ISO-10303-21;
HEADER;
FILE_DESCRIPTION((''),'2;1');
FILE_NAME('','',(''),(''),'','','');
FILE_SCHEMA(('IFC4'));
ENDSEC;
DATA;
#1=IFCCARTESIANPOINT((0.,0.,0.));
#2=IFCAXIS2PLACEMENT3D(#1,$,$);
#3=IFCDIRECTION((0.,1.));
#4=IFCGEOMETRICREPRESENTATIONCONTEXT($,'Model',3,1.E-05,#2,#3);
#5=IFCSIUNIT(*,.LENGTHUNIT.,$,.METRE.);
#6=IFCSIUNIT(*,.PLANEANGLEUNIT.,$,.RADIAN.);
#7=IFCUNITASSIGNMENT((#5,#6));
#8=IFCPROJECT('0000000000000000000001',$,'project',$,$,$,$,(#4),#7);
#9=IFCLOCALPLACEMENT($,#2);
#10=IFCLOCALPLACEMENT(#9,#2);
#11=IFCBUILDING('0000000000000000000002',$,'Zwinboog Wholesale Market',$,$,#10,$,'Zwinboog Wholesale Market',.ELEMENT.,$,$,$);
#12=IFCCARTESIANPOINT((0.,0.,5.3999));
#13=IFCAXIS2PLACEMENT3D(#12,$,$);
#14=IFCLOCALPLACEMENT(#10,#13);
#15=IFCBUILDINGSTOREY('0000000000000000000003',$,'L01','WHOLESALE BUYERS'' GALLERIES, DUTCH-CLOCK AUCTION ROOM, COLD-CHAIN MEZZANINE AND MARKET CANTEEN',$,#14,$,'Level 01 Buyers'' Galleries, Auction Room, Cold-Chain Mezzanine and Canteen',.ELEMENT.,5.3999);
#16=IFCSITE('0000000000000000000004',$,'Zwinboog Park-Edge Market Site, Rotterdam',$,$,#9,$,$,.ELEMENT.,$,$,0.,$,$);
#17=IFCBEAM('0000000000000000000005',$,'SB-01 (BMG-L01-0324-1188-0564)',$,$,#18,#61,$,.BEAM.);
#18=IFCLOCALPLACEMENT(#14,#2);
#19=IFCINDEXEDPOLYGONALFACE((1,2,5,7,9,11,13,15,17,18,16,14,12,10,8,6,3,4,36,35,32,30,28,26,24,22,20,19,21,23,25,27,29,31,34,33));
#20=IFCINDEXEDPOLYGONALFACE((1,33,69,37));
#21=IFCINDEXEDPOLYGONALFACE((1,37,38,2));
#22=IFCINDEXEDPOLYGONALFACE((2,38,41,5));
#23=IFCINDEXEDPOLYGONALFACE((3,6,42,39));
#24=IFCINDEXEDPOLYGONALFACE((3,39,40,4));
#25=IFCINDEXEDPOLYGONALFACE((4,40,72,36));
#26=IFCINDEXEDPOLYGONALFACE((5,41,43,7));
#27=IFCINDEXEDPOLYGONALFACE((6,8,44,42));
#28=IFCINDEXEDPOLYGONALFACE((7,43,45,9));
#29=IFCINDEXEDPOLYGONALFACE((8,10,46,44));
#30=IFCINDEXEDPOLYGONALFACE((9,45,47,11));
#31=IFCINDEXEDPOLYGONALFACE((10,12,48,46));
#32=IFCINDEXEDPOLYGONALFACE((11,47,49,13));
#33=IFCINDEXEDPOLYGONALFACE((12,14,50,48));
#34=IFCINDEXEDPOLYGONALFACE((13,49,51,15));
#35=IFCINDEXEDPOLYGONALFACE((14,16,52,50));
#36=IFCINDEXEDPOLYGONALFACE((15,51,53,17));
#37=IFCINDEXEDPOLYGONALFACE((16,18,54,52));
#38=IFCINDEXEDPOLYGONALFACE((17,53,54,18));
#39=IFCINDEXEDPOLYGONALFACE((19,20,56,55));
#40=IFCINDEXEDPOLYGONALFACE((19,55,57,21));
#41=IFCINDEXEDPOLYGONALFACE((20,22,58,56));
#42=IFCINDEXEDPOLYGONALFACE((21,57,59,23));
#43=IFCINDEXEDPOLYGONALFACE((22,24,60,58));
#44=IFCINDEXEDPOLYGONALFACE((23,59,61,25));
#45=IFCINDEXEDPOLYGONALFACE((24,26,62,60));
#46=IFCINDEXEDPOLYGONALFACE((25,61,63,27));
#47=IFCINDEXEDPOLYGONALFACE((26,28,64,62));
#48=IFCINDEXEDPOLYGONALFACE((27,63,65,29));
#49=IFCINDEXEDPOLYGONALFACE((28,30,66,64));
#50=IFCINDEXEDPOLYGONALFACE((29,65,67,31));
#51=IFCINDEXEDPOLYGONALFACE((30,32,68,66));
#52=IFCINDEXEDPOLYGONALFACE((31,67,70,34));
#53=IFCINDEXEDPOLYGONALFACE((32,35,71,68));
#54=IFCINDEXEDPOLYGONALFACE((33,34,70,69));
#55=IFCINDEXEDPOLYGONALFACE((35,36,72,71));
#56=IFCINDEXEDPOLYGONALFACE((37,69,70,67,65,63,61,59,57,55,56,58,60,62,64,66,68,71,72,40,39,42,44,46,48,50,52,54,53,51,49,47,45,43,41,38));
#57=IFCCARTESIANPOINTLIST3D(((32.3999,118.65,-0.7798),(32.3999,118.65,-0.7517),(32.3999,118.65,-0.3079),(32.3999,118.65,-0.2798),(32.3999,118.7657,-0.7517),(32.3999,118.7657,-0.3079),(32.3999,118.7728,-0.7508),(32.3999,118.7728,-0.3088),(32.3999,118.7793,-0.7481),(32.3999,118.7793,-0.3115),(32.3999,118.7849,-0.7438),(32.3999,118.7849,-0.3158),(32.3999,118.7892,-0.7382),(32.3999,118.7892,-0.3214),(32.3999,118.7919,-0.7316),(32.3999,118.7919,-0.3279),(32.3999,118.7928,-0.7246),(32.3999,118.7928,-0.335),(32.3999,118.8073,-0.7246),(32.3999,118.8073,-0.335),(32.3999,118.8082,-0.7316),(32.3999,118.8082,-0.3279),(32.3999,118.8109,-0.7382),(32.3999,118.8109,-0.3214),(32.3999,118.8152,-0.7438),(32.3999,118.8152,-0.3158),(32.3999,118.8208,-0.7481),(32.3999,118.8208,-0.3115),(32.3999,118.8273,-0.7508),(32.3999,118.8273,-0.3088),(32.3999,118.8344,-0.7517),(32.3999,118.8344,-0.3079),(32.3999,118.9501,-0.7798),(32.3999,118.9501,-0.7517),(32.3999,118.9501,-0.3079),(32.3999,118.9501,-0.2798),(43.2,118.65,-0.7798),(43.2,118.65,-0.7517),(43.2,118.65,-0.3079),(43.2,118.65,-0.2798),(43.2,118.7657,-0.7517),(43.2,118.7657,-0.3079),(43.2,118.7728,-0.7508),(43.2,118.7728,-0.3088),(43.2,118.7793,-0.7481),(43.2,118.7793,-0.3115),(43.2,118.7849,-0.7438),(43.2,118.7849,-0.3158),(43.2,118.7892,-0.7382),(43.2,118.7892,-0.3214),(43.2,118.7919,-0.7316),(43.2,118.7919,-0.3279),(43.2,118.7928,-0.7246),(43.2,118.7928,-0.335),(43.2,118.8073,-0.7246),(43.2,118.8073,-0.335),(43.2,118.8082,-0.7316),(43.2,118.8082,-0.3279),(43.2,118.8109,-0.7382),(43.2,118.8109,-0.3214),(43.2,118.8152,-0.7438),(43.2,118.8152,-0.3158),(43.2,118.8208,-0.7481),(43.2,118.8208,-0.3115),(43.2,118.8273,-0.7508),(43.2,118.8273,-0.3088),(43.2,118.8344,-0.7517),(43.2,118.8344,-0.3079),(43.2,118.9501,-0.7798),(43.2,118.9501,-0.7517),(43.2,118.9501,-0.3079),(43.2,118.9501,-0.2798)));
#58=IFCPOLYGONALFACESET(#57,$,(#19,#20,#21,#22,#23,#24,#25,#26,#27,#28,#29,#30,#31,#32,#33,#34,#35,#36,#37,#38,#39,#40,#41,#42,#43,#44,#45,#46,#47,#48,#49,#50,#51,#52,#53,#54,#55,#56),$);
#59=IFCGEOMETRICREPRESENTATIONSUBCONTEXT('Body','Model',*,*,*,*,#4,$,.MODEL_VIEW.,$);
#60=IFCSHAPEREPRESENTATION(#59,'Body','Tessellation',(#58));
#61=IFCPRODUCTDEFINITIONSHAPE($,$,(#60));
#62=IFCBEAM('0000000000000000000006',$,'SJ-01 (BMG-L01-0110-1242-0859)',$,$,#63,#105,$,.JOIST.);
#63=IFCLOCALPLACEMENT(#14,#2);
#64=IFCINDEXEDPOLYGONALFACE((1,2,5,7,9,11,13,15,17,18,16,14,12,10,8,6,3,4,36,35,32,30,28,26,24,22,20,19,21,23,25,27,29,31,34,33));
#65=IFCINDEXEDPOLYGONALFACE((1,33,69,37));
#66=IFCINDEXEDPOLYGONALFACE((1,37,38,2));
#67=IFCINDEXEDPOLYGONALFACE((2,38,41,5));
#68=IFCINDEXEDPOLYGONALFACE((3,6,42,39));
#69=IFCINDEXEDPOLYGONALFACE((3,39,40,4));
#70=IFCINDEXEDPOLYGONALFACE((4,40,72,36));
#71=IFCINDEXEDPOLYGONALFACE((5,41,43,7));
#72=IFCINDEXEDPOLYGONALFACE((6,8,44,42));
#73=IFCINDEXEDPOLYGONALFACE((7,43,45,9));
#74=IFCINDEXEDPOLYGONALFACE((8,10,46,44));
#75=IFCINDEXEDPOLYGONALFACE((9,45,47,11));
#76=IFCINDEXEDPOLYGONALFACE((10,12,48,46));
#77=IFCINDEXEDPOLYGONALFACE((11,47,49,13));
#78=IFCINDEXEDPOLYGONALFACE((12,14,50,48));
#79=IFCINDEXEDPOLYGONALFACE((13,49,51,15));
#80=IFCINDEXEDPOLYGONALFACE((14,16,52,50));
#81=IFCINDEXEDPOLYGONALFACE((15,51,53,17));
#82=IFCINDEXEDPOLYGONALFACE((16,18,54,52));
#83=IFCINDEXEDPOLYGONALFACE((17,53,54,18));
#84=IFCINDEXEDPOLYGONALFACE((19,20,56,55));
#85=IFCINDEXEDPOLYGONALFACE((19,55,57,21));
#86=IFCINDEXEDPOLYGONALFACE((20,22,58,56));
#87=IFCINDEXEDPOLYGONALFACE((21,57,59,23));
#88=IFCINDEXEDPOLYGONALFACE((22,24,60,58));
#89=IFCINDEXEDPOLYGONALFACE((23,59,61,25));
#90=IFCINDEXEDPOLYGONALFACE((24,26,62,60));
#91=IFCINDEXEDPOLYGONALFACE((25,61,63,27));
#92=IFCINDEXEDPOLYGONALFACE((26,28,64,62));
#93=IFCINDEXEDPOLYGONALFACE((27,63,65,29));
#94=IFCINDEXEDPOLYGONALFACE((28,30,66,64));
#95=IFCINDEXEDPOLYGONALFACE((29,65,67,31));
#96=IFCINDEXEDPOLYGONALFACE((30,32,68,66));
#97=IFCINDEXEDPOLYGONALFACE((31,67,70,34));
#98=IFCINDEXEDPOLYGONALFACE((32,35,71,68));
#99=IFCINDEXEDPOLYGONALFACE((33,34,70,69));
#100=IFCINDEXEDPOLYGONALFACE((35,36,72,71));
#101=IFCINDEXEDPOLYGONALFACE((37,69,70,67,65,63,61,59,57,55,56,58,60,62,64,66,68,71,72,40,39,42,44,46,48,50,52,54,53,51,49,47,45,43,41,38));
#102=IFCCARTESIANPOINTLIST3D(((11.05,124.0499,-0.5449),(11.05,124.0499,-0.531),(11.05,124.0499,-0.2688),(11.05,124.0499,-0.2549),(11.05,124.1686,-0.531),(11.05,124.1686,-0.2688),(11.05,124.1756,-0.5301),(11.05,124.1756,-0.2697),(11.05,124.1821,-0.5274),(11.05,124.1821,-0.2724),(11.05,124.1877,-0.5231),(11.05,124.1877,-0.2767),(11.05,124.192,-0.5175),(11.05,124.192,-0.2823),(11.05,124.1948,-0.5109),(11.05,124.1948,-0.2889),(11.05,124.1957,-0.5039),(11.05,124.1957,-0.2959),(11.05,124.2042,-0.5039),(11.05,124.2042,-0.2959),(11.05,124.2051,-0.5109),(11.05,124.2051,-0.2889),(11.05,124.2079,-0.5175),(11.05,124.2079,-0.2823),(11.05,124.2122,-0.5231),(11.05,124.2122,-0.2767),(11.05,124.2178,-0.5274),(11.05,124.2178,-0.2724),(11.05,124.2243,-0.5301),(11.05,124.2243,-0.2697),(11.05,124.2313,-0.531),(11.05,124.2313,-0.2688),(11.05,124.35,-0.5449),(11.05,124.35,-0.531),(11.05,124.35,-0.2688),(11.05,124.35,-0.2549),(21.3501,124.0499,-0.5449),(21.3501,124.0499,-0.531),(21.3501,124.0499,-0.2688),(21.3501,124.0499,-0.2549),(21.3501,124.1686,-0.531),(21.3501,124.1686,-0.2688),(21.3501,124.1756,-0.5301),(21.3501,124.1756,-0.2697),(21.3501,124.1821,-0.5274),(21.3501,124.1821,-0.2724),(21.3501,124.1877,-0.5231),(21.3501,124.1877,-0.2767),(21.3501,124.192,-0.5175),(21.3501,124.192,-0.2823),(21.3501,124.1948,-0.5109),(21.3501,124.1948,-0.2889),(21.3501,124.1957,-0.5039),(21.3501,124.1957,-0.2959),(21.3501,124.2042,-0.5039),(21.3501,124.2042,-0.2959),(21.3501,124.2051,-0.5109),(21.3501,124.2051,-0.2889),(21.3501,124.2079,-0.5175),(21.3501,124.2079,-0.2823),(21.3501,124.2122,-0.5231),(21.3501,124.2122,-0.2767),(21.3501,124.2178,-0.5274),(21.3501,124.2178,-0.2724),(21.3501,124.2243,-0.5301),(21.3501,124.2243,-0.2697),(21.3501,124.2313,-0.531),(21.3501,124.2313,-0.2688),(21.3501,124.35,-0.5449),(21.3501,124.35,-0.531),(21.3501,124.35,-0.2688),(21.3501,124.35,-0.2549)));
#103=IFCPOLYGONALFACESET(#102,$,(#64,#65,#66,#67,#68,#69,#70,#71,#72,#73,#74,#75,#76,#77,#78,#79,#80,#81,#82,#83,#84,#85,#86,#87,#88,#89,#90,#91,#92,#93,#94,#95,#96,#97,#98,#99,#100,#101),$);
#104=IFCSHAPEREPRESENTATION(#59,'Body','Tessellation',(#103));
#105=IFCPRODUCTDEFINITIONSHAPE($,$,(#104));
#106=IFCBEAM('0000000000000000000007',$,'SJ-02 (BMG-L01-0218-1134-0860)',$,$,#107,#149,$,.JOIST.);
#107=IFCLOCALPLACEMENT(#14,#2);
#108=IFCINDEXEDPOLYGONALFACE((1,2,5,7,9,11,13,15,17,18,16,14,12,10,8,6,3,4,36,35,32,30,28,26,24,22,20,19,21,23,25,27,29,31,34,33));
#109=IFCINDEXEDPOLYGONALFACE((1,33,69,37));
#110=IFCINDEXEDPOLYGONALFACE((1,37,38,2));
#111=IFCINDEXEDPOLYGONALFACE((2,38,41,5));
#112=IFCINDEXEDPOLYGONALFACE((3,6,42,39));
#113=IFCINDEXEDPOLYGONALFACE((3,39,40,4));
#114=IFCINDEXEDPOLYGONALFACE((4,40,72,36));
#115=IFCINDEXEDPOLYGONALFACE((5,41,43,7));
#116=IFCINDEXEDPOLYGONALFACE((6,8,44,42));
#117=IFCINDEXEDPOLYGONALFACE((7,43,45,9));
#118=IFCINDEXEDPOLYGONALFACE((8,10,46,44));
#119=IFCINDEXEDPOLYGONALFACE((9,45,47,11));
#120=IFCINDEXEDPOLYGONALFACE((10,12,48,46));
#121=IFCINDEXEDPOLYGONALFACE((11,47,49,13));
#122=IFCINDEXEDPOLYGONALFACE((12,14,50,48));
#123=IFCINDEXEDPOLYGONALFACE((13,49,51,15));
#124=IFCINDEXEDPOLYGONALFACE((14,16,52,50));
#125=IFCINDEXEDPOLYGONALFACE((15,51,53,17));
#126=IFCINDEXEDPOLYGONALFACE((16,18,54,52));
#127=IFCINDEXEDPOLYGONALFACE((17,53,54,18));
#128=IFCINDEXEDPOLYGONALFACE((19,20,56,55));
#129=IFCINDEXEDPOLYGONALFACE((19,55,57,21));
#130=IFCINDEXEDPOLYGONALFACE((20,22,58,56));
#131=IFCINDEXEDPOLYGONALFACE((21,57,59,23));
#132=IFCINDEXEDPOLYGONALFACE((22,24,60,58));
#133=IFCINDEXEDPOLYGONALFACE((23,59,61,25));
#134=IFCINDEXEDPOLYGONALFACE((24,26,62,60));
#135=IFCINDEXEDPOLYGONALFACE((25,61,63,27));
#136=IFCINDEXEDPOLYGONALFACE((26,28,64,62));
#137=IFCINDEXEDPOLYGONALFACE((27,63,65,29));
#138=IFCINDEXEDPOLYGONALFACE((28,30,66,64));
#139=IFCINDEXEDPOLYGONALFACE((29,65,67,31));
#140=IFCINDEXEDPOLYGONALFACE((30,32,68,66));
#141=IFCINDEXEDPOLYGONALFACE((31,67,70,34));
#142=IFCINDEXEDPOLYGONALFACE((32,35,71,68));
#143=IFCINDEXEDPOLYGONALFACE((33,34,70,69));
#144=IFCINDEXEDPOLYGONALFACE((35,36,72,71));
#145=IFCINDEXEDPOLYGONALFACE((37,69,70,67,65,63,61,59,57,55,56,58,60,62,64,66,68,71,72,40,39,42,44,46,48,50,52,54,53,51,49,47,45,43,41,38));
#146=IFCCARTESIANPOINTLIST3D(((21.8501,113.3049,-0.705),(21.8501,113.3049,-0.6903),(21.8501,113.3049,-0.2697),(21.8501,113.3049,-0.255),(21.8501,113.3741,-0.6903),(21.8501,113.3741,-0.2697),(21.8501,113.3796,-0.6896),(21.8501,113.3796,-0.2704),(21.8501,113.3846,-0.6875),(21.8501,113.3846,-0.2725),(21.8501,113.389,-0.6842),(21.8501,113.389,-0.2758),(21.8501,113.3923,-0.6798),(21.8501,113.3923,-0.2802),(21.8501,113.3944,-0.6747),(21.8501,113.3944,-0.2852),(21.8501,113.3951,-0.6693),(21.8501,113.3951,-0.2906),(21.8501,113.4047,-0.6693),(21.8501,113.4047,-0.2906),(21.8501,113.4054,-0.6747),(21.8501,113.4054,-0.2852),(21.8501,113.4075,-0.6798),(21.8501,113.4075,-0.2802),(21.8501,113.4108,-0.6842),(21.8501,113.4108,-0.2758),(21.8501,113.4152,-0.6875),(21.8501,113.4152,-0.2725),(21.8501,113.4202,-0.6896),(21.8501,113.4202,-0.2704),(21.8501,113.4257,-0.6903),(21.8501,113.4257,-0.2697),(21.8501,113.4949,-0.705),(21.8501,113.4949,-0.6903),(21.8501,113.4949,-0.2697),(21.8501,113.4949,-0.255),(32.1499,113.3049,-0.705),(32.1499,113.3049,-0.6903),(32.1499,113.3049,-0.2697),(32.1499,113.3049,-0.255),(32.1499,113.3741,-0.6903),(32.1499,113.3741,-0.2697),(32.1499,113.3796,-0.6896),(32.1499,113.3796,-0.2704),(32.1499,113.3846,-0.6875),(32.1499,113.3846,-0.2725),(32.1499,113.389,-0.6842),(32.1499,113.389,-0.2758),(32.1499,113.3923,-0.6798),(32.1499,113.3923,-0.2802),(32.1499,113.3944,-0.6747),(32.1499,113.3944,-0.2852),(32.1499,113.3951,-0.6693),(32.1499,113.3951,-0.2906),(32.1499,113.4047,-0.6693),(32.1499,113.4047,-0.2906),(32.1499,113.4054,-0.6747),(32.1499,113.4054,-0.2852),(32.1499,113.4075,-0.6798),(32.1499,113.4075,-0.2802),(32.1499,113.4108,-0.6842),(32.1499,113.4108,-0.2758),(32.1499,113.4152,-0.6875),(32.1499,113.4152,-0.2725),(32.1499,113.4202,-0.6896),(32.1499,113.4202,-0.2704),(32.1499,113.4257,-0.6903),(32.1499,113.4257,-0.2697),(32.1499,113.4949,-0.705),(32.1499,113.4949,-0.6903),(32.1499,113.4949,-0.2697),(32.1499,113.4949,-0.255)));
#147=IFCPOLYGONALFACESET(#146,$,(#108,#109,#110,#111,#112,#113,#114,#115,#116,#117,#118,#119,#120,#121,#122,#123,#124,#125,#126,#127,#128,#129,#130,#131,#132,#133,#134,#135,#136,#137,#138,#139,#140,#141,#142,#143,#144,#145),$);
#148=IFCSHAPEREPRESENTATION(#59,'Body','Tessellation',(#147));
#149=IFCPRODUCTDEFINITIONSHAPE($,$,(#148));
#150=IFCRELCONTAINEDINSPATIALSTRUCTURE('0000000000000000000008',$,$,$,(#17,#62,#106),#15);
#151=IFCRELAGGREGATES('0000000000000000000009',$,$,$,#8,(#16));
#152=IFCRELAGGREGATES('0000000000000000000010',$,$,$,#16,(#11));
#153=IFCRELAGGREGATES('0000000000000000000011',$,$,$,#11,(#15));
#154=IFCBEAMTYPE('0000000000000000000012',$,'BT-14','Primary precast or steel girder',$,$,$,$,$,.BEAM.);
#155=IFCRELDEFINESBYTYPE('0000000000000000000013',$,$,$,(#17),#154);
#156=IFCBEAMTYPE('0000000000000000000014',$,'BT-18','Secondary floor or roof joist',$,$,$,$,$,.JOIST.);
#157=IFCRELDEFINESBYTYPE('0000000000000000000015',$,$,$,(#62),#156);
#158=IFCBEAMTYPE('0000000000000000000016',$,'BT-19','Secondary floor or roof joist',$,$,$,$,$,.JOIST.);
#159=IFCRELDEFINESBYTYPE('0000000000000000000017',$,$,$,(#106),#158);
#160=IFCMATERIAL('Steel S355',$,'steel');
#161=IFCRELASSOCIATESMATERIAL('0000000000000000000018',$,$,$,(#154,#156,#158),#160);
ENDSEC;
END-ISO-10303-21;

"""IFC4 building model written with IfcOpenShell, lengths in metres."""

from ifc_helpers import new_model, si_unit, direction, frame, origin, origin_2d, place, context, subcontext, project, spatial, i_section, extrude, material, material_profile, profile_set, type_object, element, save


model = new_model("IFC4")

# Units and contexts
model_context = context("Model", 3, precision=1e-05, world=origin(), true_north=direction((0.0, 1.0)))
body_context = subcontext(model_context, "Body", "Model", "MODEL_VIEW")
ifc_project = project(units=[si_unit("LENGTHUNIT", "METRE"), si_unit("PLANEANGLEUNIT", "RADIAN")], contexts=[model_context])

# Site, building, storey
site_placement = place(None, origin())
site = spatial("IfcSite", under=ifc_project, at=site_placement, Name="Zwinboog Park-Edge Market Site, Rotterdam", CompositionType="ELEMENT", RefElevation=0.0)
building_placement = place(site_placement, origin())
building = spatial("IfcBuilding", under=site, at=building_placement, Name="Zwinboog Wholesale Market", LongName="Zwinboog Wholesale Market", CompositionType="ELEMENT")
storey_placement = place(building_placement, frame((0.0, 0.0, 5.3999)))
storey = spatial("IfcBuildingStorey", under=building, at=storey_placement, Name="L01", Description="WHOLESALE BUYERS' GALLERIES, DUTCH-CLOCK AUCTION ROOM, COLD-CHAIN MEZZANINE AND MARKET CANTEEN", LongName="Level 01 Buyers' Galleries, Auction Room, Cold-Chain Mezzanine and Canteen", CompositionType="ELEMENT", Elevation=5.3999)

# Beams
ifc_material_1 = material(Name="Steel S355", Category="steel")
ifc_material_profile_1 = material_profile(ifc_material_1, i_section(OverallWidth=0.3, OverallDepth=0.5, WebThickness=0.0144, FlangeThickness=0.0281, FilletRadius=0.0271, at=origin_2d()), Name="HEB 500")
ifc_profile_set_1 = profile_set([ifc_material_profile_1], Name="Steel S355")
beam_type_1 = type_object("IfcBeamType", Name="BT-14", Description="Primary precast or steel girder", PredefinedType="BEAM", material=ifc_profile_set_1)
beam_1_placement = place(storey_placement, frame((32.3999, 118.8, -0.5298), z_axis=(1.0, 0.0, 0.0), x_axis=(0.0, 1.0, 0.0)))
element("IfcBeam", 1, at=beam_1_placement, inside=storey, type_object=beam_type_1, Name="SB-01 (BMG-L01-0324-1188-0564)", PredefinedType="BEAM", context=body_context, shape_type="SweptSolid", body=[
    extrude(i_section(OverallWidth=0.3, OverallDepth=0.5, WebThickness=0.0144, FlangeThickness=0.0281, FilletRadius=0.0271, at=origin_2d()), origin(), (0.0, 0.0, 1.0), 10.8),
])
ifc_material_profile_2 = material_profile(ifc_material_1, i_section(OverallWidth=0.3, OverallDepth=0.29, WebThickness=0.0085, FlangeThickness=0.0139, FilletRadius=0.0271, at=origin_2d()), Name="HEA 300")
ifc_profile_set_2 = profile_set([ifc_material_profile_2], Name="Steel S355")
beam_type_2 = type_object("IfcBeamType", Name="BT-18", Description="Secondary floor or roof joist", PredefinedType="JOIST", material=ifc_profile_set_2)
beam_2_placement = place(storey_placement, frame((11.05, 124.2, -0.3999), z_axis=(1.0, 0.0, 0.0), x_axis=(0.0, 1.0, 0.0)))
element("IfcBeam", 2, at=beam_2_placement, inside=storey, type_object=beam_type_2, Name="SJ-01 (BMG-L01-0110-1242-0859)", PredefinedType="JOIST", context=body_context, shape_type="SweptSolid", body=[
    extrude(i_section(OverallWidth=0.3, OverallDepth=0.29, WebThickness=0.0085, FlangeThickness=0.0139, FilletRadius=0.0271, at=origin_2d()), origin(), (0.0, 0.0, 1.0), 10.3),
])
ifc_material_profile_3 = material_profile(ifc_material_1, i_section(OverallWidth=0.1899, OverallDepth=0.45, WebThickness=0.0095, FlangeThickness=0.0146, FilletRadius=0.021, at=origin_2d()), Name="IPE 450")
ifc_profile_set_3 = profile_set([ifc_material_profile_3], Name="Steel S355")
beam_type_3 = type_object("IfcBeamType", Name="BT-19", Description="Secondary floor or roof joist", PredefinedType="JOIST", material=ifc_profile_set_3)
beam_3_placement = place(storey_placement, frame((21.8501, 113.3999, -0.48), z_axis=(1.0, 0.0, 0.0), x_axis=(0.0, 1.0, 0.0)))
element("IfcBeam", 3, at=beam_3_placement, inside=storey, type_object=beam_type_3, Name="SJ-02 (BMG-L01-0218-1134-0860)", PredefinedType="JOIST", context=body_context, shape_type="SweptSolid", body=[
    extrude(i_section(OverallWidth=0.1899, OverallDepth=0.45, WebThickness=0.0095, FlangeThickness=0.0146, FilletRadius=0.021, at=origin_2d()), origin(), (0.0, 0.0, 1.0), 10.2998),
])

save(model, "model.ifc")
